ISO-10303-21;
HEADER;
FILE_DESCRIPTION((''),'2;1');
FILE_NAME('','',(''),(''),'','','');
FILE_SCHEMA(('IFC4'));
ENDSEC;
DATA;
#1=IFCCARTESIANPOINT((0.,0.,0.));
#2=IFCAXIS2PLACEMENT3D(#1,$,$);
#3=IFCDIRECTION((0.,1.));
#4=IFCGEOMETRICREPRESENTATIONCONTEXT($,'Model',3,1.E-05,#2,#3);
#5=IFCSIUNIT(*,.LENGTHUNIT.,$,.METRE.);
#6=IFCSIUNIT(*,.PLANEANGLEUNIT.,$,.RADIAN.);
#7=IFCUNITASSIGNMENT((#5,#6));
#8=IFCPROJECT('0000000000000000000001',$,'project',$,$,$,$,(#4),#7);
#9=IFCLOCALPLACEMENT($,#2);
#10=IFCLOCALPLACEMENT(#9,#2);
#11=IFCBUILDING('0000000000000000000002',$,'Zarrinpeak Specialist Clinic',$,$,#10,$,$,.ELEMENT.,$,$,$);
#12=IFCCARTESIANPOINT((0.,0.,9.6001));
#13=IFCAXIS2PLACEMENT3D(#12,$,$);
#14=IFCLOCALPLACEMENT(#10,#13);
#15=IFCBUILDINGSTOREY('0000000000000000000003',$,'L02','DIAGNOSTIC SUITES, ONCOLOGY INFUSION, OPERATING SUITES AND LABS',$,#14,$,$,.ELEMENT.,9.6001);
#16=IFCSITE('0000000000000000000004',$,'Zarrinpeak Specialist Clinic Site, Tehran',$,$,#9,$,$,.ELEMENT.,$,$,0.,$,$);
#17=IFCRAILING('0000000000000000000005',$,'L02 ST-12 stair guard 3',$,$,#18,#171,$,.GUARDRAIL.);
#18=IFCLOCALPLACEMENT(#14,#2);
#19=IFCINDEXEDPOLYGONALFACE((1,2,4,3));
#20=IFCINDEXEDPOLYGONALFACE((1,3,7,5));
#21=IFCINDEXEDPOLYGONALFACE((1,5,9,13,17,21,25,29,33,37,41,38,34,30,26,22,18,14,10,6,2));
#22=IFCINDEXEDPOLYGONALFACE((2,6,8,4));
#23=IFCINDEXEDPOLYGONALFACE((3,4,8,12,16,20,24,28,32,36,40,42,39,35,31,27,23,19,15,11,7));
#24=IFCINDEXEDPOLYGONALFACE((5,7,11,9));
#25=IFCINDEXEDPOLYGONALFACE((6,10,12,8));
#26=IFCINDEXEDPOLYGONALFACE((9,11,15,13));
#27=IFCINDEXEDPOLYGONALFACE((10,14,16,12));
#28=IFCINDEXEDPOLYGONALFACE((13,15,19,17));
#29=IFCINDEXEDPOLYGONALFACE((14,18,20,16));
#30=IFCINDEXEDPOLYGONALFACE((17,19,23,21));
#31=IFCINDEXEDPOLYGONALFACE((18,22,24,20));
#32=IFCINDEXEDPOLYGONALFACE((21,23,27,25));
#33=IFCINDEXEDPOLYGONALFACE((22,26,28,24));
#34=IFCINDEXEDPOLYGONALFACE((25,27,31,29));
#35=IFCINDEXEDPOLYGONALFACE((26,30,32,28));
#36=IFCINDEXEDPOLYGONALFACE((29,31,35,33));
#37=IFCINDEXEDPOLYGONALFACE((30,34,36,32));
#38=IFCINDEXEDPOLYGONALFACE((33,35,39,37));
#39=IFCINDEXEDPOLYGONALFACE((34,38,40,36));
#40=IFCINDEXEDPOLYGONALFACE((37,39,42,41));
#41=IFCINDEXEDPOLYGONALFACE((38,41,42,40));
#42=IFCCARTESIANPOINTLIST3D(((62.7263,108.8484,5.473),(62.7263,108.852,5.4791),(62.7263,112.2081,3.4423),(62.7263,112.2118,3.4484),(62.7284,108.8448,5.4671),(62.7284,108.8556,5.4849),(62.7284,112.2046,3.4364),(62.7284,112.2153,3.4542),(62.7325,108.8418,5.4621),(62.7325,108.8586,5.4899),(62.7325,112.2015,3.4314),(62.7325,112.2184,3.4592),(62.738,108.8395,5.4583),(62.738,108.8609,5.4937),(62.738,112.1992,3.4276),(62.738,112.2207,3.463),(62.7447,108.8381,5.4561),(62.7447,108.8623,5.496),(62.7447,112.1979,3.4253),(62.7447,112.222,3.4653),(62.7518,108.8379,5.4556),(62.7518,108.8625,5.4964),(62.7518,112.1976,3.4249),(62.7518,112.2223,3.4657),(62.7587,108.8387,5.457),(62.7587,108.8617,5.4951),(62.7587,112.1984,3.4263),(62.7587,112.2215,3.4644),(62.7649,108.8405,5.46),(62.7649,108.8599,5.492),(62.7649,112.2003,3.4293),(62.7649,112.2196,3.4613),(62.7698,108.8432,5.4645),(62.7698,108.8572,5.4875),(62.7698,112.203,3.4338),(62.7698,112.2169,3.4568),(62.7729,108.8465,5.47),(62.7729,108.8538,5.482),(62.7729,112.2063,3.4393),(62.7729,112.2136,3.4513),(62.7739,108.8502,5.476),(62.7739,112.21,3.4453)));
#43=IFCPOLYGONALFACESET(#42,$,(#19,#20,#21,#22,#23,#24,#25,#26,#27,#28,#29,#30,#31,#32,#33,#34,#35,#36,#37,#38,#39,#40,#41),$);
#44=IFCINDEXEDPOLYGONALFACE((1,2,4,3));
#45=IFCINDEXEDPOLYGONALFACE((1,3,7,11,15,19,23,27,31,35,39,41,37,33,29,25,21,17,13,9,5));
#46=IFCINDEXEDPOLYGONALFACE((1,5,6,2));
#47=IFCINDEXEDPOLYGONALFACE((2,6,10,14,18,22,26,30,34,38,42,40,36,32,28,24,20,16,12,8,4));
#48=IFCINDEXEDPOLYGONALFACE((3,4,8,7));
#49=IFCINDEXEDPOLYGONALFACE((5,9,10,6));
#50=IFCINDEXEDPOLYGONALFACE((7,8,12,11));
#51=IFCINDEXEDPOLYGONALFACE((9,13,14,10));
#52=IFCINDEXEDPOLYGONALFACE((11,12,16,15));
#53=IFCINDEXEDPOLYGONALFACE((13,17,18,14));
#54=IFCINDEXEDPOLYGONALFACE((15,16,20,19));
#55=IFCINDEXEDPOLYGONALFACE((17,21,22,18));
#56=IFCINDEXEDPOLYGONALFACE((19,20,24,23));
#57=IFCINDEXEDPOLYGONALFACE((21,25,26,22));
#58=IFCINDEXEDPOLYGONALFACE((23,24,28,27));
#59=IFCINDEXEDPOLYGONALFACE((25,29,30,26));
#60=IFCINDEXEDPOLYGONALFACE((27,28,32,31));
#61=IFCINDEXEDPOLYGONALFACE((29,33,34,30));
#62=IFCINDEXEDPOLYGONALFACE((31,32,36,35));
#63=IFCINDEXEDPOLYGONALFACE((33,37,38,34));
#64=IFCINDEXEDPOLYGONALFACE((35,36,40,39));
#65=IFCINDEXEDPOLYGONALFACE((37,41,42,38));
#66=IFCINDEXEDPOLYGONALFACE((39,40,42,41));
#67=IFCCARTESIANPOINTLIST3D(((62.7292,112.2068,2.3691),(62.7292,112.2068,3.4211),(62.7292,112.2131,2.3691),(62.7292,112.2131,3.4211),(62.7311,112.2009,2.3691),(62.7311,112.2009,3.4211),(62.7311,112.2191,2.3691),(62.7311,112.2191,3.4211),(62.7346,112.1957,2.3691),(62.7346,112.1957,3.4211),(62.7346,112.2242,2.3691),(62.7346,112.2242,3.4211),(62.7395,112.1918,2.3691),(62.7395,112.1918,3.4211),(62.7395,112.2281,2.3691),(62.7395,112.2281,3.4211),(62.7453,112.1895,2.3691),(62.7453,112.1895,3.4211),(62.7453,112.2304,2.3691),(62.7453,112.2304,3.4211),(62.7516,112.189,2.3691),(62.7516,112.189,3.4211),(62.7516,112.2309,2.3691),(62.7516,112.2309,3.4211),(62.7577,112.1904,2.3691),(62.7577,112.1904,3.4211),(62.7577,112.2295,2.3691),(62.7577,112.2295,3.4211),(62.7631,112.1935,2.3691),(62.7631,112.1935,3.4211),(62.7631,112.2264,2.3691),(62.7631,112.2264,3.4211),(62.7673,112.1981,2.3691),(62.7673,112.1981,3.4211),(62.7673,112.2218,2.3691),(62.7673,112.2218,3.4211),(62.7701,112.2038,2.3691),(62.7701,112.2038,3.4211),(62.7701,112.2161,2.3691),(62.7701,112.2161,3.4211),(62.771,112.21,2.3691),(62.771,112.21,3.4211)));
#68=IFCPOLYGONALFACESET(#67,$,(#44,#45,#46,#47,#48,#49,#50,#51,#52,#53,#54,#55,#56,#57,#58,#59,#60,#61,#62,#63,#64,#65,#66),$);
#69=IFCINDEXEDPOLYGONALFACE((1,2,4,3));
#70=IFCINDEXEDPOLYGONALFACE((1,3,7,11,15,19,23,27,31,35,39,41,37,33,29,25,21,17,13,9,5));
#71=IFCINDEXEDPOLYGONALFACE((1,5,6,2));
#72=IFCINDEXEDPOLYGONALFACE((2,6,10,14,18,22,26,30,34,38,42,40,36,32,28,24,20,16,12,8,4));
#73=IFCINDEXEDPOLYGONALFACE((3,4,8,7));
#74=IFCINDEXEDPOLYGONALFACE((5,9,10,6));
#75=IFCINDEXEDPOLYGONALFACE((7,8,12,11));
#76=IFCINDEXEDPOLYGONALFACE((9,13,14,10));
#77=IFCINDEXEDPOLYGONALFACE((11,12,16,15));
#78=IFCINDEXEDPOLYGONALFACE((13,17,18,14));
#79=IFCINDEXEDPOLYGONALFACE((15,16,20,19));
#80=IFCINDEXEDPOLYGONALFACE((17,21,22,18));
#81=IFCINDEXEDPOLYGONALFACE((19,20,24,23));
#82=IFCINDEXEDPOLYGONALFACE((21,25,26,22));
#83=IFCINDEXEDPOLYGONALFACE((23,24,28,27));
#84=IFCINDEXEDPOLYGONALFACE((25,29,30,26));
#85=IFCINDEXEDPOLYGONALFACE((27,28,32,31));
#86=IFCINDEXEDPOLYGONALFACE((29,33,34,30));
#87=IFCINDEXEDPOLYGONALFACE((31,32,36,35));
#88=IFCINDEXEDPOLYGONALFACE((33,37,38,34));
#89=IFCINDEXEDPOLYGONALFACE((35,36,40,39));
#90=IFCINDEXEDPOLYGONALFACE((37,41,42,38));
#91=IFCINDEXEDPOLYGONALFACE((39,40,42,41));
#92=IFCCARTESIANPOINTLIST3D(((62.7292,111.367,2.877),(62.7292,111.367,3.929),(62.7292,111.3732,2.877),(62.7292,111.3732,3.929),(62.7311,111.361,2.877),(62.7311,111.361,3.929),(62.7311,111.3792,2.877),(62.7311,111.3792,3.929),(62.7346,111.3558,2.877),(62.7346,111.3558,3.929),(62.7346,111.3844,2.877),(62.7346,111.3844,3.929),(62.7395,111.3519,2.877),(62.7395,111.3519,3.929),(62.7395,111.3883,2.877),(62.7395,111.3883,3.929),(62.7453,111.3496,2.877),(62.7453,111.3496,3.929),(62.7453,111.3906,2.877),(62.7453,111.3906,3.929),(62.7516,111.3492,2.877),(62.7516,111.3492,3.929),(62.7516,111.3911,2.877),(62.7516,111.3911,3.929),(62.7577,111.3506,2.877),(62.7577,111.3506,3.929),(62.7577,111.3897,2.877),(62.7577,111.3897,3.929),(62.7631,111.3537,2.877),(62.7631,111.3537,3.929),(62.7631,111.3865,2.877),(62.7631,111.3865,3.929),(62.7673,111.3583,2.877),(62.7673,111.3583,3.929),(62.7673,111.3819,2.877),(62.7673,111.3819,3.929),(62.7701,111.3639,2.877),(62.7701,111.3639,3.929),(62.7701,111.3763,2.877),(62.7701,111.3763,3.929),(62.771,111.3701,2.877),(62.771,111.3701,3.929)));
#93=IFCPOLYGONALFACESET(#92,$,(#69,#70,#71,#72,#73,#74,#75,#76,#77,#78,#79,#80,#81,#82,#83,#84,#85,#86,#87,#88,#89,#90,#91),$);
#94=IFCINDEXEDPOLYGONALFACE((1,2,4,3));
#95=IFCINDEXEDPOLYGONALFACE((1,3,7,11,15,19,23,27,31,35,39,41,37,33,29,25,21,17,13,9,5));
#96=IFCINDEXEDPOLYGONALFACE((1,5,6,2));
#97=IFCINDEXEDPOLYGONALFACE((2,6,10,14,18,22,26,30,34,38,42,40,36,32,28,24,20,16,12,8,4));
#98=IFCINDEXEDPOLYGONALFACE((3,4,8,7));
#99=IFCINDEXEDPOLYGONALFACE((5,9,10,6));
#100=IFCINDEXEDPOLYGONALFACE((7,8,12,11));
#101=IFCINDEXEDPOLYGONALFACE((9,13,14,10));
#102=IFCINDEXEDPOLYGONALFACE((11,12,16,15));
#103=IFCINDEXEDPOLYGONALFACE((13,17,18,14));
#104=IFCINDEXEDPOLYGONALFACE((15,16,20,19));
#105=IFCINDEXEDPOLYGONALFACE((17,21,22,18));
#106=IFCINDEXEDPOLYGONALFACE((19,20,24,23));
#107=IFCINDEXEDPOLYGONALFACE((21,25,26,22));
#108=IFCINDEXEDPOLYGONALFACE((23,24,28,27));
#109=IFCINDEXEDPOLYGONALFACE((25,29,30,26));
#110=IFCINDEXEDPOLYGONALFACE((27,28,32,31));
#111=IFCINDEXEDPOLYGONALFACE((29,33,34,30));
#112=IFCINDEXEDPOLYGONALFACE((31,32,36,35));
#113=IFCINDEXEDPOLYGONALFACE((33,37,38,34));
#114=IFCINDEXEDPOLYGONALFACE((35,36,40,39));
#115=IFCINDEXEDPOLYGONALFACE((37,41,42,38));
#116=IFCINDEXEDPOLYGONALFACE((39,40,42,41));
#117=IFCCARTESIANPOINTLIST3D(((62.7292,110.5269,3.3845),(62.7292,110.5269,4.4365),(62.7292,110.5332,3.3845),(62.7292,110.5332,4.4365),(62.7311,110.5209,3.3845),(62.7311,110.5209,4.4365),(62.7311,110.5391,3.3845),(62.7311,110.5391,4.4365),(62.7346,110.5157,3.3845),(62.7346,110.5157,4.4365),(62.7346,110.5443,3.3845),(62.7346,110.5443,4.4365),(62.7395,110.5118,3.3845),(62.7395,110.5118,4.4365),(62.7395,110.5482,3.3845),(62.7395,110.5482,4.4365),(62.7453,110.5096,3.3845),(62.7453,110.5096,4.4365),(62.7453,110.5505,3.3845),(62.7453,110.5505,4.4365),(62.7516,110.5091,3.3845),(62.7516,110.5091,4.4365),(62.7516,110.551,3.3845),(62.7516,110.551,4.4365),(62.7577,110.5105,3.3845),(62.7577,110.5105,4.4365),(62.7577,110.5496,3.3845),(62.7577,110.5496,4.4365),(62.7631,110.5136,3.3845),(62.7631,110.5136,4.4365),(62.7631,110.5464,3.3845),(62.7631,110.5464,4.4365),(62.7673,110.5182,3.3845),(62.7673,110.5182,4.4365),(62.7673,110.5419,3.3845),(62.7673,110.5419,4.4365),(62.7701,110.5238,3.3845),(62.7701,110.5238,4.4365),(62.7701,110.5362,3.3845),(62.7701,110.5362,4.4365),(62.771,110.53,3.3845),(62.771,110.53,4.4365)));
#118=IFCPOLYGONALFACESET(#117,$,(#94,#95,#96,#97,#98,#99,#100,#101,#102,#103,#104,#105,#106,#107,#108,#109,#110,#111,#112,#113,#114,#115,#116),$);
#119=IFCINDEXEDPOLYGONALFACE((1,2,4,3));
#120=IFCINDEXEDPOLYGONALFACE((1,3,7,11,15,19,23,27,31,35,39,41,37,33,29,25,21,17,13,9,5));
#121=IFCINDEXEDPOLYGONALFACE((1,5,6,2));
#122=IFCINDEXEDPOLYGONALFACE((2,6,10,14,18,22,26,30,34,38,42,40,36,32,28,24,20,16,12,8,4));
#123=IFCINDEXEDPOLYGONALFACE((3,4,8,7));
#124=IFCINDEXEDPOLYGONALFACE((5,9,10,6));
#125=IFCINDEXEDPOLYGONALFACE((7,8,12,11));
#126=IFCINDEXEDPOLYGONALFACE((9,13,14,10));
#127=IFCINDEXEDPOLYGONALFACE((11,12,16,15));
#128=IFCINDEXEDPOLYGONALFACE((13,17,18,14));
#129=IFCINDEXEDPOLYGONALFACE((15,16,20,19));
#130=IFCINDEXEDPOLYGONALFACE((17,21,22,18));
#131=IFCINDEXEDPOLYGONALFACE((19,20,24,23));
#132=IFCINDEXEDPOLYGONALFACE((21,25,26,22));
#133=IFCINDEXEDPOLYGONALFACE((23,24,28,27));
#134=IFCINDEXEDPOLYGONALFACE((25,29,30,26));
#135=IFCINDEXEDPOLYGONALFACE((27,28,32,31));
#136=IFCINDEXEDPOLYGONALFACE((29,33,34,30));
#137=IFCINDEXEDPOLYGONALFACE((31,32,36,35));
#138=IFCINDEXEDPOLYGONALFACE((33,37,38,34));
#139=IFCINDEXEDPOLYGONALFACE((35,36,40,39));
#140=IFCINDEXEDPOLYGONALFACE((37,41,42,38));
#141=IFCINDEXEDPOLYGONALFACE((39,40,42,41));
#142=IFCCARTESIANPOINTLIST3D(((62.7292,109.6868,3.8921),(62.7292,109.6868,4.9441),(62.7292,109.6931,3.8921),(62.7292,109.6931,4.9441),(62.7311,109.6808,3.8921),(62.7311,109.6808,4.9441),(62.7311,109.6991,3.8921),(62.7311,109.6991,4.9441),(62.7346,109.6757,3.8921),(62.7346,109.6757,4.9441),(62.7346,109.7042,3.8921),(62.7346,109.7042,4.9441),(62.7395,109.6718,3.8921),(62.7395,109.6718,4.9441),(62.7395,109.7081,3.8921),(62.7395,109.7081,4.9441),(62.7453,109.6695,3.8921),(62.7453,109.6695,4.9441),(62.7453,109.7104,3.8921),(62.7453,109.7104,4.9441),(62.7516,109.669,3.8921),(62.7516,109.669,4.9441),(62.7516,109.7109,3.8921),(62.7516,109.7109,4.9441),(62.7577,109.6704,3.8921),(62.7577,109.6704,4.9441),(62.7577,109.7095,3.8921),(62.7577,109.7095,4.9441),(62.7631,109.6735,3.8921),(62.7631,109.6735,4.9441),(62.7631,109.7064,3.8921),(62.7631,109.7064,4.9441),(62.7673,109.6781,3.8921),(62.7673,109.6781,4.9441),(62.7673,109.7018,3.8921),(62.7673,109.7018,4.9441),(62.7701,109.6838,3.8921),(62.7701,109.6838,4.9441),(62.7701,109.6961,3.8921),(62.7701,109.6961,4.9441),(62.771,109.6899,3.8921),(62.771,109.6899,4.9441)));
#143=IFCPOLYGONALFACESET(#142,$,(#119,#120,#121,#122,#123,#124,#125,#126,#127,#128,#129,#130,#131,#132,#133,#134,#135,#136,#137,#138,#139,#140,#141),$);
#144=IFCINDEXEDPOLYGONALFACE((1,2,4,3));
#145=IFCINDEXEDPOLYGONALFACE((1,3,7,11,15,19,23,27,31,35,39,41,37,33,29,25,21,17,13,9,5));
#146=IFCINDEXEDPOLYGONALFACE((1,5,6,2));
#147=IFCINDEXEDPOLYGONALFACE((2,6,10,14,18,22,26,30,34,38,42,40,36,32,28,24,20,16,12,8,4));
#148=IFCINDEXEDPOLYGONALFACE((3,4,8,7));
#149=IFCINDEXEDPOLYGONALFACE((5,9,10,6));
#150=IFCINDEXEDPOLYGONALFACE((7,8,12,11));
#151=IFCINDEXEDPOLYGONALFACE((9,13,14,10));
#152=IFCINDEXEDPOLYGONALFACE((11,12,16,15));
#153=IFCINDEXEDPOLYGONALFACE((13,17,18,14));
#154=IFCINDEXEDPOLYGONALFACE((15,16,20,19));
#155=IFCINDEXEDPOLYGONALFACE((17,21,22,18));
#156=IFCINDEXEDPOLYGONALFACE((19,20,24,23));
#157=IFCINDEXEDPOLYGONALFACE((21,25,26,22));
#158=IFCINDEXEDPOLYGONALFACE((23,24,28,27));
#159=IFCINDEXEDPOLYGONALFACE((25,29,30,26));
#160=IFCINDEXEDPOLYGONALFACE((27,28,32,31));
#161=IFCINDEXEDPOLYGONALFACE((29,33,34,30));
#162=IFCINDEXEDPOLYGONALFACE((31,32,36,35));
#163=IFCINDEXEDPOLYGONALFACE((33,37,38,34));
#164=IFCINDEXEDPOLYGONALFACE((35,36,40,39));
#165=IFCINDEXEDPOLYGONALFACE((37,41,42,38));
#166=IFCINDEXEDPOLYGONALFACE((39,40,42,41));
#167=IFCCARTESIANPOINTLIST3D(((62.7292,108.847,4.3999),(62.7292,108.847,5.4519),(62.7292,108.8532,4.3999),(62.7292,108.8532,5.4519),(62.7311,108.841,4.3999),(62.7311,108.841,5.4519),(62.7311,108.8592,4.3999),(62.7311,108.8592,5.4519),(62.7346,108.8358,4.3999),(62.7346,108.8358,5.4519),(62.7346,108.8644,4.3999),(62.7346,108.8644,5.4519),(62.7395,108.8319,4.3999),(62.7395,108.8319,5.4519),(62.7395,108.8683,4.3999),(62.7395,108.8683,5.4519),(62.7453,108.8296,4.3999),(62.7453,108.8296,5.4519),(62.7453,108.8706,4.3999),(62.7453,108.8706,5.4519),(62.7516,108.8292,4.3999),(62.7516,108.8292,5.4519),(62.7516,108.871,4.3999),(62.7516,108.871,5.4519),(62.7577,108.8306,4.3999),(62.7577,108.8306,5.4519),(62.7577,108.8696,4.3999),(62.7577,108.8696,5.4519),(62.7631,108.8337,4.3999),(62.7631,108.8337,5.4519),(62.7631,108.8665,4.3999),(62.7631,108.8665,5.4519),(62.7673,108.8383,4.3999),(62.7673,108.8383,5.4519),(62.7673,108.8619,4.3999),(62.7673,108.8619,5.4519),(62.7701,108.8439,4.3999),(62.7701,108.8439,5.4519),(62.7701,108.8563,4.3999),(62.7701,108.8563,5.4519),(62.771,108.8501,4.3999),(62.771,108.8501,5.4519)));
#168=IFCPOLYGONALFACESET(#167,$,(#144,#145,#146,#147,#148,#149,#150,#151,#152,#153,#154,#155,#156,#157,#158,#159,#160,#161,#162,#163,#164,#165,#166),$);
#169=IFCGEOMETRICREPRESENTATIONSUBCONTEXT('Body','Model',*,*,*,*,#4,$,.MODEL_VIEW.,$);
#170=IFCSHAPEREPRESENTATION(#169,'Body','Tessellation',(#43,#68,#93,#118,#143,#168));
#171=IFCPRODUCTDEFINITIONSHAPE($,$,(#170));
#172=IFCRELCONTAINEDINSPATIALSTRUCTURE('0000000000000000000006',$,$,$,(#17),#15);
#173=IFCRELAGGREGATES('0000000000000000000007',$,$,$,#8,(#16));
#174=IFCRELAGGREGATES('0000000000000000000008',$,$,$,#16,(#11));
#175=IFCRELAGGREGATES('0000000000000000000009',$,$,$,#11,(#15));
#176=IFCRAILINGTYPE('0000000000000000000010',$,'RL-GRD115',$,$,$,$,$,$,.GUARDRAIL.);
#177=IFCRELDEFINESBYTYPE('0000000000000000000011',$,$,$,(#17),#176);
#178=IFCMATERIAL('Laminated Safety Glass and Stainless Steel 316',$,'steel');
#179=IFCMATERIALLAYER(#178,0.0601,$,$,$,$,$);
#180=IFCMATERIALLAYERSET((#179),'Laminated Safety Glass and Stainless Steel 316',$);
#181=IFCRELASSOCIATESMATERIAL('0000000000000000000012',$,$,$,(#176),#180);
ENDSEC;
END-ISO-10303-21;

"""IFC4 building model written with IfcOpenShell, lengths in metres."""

from ifc_helpers import new_model, si_unit, direction, frame, origin, origin_2d, place, context, subcontext, project, spatial, circle, extrude, material, layer, layer_set, type_object, element, save


model = new_model("IFC4")

# Units and contexts
model_context = context("Model", 3, precision=1e-05, world=origin(), true_north=direction((0.0, 1.0)))
body_context = subcontext(model_context, "Body", "Model", "MODEL_VIEW")
ifc_project = project(units=[si_unit("LENGTHUNIT", "METRE"), si_unit("PLANEANGLEUNIT", "RADIAN")], contexts=[model_context])

# Site, building, storey
site_placement = place(None, origin())
site = spatial("IfcSite", under=ifc_project, at=site_placement, Name="Zarrinpeak Specialist Clinic Site, Tehran", CompositionType="ELEMENT", RefElevation=0.0)
building_placement = place(site_placement, origin())
building = spatial("IfcBuilding", under=site, at=building_placement, Name="Zarrinpeak Specialist Clinic", CompositionType="ELEMENT")
storey_placement = place(building_placement, frame((0.0, 0.0, 9.6001)))
storey = spatial("IfcBuildingStorey", under=building, at=storey_placement, Name="L02", Description="DIAGNOSTIC SUITES, ONCOLOGY INFUSION, OPERATING SUITES AND LABS", CompositionType="ELEMENT", Elevation=9.6001)

# Railing
ifc_material_1 = material(Name="Laminated Safety Glass and Stainless Steel 316", Category="steel")
ifc_layer_1 = layer(ifc_material_1, 0.0601)
ifc_layer_set_1 = layer_set([ifc_layer_1], Name="Laminated Safety Glass and Stainless Steel 316")
railing_type_1 = type_object("IfcRailingType", Name="RL-GRD115", PredefinedType="GUARDRAIL", material=ifc_layer_set_1)
railing_1_placement = place(storey_placement, frame((62.75, 112.21, 2.3691)))
element("IfcRailing", 1, at=railing_1_placement, inside=storey, type_object=railing_type_1, Name="L02 ST-12 stair guard 3", PredefinedType="GUARDRAIL", context=body_context, shape_type="SweptSolid", body=[
    extrude(circle(Radius=0.0239, at=origin_2d()), frame((0.0, 0.0, 1.0762), z_axis=(0.0, -0.85582, 0.517273), x_axis=(1.0, 0.0, 0.0)), (0.0, 0.0, 1.0), 3.9258),
    extrude(circle(Radius=0.021, at=origin_2d()), origin(), (0.0, 0.0, 1.0), 1.052),
    extrude(circle(Radius=0.021, at=origin_2d()), frame((0.0, -0.8398, 0.5078)), (0.0, 0.0, 1.0), 1.052),
    extrude(circle(Radius=0.021, at=origin_2d()), frame((0.0, -1.6799, 1.0154)), (0.0, 0.0, 1.0), 1.052),
    extrude(circle(Radius=0.021, at=origin_2d()), frame((0.0, -2.52, 1.5229)), (0.0, 0.0, 1.0), 1.052),
    extrude(circle(Radius=0.021, at=origin_2d()), frame((0.0, -3.3599, 2.0308)), (0.0, 0.0, 1.0), 1.052),
])

save(model, "model.ifc")
